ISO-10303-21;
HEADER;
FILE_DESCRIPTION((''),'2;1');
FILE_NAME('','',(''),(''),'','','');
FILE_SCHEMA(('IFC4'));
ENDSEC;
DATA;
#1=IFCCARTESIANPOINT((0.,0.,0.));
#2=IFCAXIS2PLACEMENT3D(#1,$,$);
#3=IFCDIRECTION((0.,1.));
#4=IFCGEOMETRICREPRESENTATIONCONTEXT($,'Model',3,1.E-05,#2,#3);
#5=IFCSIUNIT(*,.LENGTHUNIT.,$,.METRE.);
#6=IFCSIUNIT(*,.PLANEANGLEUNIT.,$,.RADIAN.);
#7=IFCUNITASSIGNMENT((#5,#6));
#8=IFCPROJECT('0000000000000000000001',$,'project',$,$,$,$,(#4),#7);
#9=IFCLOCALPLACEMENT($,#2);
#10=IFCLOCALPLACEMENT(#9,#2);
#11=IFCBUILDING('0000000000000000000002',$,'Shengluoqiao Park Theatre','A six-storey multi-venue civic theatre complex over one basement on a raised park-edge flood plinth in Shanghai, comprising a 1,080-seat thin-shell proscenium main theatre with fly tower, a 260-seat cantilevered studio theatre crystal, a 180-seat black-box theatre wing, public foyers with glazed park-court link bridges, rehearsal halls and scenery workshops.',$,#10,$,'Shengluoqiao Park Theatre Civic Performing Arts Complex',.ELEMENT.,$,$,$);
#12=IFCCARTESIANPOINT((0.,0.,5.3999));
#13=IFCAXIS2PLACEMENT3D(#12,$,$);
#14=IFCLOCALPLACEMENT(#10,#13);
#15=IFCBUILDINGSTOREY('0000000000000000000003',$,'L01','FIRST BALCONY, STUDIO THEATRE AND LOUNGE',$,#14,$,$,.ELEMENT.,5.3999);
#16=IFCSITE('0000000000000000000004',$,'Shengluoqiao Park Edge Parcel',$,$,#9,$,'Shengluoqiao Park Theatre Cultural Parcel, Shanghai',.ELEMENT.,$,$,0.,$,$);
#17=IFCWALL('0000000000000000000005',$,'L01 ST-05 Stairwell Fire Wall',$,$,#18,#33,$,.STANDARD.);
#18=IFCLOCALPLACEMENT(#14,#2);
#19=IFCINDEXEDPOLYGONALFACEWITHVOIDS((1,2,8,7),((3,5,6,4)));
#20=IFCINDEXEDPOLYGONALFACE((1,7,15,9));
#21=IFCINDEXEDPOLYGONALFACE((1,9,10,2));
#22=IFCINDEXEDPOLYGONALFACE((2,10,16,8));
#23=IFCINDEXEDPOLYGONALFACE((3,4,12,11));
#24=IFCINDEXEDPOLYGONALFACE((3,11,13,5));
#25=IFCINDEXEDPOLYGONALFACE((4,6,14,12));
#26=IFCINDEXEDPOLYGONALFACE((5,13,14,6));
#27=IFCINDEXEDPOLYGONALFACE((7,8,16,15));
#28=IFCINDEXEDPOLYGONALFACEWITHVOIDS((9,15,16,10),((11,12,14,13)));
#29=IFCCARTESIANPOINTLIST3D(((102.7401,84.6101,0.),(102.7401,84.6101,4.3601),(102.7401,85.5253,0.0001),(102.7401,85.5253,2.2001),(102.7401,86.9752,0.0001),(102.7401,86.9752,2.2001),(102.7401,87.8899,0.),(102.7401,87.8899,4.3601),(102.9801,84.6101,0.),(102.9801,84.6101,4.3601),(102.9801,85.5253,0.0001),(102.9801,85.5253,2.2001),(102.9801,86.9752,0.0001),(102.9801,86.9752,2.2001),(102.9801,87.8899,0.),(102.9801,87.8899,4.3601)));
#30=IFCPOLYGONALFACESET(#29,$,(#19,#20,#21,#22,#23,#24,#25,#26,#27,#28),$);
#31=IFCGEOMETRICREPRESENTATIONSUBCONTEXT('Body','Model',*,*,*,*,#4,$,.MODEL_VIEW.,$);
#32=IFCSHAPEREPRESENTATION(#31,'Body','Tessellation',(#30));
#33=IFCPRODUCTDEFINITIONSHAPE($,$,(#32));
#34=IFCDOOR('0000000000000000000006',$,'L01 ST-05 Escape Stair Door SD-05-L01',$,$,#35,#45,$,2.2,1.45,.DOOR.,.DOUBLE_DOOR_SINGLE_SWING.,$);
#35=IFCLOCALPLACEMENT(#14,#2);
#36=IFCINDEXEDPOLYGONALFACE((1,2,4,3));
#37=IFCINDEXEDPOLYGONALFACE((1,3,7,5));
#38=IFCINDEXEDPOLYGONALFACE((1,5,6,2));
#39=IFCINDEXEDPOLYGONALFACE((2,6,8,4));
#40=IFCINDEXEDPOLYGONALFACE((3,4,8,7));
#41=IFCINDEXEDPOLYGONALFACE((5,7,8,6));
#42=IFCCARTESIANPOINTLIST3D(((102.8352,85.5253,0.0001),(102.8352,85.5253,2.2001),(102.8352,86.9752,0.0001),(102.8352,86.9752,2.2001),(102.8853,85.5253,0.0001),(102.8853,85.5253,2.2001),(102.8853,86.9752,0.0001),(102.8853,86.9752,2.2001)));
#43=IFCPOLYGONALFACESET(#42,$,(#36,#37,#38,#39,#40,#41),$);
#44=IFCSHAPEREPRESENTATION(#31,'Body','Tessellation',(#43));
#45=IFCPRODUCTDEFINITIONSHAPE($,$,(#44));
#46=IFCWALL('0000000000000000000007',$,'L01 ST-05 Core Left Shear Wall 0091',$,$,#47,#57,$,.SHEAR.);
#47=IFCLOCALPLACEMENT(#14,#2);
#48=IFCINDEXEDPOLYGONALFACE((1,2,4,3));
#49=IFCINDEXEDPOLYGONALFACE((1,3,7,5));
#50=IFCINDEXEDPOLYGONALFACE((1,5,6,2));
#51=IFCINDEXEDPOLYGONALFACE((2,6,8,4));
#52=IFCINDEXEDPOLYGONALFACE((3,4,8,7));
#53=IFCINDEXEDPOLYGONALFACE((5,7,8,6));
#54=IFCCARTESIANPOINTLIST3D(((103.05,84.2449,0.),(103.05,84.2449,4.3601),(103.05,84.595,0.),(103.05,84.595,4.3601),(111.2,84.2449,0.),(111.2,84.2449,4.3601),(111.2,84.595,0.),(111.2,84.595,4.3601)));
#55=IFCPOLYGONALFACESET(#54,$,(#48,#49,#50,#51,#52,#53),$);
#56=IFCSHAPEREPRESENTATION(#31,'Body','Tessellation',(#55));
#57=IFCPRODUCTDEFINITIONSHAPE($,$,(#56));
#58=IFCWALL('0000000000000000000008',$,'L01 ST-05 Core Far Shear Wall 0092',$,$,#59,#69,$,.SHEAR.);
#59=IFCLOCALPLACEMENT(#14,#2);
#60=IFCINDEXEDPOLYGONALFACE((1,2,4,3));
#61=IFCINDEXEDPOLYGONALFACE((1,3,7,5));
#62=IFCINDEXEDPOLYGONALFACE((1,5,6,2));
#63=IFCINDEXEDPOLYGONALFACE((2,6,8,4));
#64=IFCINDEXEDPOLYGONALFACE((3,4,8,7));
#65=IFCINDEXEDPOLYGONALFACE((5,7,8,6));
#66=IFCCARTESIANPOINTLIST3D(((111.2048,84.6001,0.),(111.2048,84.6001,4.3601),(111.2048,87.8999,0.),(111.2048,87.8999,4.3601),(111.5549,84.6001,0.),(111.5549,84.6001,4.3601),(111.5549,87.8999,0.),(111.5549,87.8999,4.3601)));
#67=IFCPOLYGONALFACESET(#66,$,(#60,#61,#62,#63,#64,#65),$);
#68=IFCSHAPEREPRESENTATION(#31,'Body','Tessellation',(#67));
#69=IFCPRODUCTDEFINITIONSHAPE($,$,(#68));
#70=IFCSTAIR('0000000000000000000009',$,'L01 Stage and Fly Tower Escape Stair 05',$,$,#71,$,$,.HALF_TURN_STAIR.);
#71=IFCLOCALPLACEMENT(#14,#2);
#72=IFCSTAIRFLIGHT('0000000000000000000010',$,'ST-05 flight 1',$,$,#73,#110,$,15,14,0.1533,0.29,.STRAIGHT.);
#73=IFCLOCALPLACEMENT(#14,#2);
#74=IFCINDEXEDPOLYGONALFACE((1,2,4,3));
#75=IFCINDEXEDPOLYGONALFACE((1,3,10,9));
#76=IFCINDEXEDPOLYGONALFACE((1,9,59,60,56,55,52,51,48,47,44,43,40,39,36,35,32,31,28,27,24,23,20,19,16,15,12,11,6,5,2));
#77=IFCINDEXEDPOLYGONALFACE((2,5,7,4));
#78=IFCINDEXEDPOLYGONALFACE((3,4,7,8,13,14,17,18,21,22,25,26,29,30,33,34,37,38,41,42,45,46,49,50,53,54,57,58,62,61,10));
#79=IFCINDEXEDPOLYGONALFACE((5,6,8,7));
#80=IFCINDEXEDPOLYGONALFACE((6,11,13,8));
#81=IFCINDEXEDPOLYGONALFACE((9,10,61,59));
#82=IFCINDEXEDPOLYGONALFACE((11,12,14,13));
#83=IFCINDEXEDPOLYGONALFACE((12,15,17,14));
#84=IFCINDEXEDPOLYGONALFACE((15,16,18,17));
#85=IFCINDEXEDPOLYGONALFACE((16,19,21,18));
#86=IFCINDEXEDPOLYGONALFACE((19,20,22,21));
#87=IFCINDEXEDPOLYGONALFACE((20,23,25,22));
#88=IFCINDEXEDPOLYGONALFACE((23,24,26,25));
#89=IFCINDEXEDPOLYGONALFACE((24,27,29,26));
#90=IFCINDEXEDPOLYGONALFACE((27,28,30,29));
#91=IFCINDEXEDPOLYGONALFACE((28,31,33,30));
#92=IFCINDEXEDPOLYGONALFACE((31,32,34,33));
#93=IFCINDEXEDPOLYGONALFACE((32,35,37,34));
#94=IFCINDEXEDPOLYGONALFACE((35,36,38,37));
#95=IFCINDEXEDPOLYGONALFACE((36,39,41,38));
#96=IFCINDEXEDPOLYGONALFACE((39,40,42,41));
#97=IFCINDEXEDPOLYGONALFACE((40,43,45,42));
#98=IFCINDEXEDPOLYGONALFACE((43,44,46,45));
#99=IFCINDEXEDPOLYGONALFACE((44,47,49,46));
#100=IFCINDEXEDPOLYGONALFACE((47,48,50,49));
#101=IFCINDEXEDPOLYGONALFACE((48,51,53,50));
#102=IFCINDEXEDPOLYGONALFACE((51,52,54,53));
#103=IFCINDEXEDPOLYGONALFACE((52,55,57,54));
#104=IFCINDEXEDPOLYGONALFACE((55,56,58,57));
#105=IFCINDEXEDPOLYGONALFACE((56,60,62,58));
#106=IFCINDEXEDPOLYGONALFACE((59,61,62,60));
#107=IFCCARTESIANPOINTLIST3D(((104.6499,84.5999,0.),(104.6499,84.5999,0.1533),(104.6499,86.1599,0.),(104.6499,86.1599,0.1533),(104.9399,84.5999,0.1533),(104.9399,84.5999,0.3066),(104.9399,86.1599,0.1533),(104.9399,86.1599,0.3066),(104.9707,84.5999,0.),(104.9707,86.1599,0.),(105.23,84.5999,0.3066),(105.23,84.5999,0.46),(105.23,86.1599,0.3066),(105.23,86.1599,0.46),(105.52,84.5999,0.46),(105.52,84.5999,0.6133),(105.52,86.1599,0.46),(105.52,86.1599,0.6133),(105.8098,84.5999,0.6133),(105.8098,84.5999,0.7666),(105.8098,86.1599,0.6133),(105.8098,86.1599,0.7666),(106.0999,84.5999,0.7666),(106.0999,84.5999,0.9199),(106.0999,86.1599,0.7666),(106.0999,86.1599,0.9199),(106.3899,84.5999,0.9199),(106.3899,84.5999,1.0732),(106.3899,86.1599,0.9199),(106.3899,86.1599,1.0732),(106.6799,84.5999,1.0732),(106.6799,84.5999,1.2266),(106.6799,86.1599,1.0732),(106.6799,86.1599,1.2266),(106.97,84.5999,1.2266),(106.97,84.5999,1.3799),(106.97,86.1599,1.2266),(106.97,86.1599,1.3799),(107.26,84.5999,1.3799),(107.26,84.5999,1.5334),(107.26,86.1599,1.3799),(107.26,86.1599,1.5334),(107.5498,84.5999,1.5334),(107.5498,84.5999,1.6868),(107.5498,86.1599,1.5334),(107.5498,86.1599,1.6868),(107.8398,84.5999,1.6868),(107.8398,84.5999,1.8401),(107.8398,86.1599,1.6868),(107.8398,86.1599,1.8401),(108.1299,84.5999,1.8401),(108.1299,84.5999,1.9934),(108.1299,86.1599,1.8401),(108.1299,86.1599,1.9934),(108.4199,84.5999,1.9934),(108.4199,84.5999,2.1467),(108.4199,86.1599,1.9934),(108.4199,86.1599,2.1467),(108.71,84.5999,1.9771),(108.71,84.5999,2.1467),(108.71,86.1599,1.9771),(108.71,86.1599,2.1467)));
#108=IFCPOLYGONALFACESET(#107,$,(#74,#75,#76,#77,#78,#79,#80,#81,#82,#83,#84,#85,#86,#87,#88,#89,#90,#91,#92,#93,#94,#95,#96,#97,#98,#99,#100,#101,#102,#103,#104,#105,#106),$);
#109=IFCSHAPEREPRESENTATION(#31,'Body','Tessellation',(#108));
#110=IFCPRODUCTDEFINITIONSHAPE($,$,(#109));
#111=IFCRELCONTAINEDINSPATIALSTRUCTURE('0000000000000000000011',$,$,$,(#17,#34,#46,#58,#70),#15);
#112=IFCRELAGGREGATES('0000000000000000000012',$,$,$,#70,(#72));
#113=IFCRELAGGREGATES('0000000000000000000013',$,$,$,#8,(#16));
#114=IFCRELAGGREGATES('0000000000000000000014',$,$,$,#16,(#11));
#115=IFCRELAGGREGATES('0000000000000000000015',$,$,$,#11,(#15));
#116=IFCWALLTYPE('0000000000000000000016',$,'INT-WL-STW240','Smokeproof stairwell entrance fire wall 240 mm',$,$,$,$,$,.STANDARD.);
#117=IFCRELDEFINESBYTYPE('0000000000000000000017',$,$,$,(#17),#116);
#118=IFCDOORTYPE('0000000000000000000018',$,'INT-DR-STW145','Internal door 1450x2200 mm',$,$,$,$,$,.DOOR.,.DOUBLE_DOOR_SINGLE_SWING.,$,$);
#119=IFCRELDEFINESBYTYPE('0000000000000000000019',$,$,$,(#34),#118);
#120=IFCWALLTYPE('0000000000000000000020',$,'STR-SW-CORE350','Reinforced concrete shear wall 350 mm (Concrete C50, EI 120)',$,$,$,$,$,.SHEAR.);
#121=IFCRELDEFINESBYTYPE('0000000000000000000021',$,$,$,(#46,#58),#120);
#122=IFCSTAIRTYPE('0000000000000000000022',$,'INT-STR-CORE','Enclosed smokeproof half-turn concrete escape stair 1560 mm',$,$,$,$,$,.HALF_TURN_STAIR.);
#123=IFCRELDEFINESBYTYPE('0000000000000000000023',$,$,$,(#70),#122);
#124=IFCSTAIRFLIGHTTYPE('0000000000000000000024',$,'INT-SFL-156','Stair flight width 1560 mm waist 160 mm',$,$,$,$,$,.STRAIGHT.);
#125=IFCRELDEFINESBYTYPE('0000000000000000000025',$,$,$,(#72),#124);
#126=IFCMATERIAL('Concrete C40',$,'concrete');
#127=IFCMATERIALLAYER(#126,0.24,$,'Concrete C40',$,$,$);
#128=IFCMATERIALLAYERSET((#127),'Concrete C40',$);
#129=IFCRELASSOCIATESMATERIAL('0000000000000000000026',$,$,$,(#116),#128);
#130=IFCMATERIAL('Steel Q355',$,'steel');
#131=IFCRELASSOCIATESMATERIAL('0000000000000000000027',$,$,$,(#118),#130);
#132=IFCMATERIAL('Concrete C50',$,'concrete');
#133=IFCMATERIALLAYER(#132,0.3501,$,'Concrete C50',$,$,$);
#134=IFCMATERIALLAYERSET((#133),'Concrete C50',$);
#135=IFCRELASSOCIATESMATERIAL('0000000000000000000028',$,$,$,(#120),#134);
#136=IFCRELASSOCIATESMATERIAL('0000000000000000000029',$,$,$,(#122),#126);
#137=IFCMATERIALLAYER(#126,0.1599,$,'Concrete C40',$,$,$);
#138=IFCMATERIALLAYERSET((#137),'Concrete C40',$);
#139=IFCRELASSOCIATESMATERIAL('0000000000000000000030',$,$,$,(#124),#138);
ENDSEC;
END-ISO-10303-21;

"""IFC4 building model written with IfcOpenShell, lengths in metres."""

from ifc_helpers import new_model, si_unit, direction, frame, frame_2d, origin, place, context, subcontext, project, spatial, polyline, rectangle, outline, extrude, material, layer, layer_set, type_object, element, fill, aggregate, save


model = new_model("IFC4")

# Units and contexts
model_context = context("Model", 3, precision=1e-05, world=origin(), true_north=direction((0.0, 1.0)))
body_context = subcontext(model_context, "Body", "Model", "MODEL_VIEW")
ifc_project = project(units=[si_unit("LENGTHUNIT", "METRE"), si_unit("PLANEANGLEUNIT", "RADIAN")], contexts=[model_context])

# Site, building, storey
site_placement = place(None, origin())
site = spatial("IfcSite", under=ifc_project, at=site_placement, Name="Shengluoqiao Park Edge Parcel", LongName="Shengluoqiao Park Theatre Cultural Parcel, Shanghai", CompositionType="ELEMENT", RefElevation=0.0)
building_placement = place(site_placement, origin())
building = spatial("IfcBuilding", under=site, at=building_placement, Name="Shengluoqiao Park Theatre", Description="A six-storey multi-venue civic theatre complex over one basement on a raised park-edge flood plinth in Shanghai, comprising a 1,080-seat thin-shell proscenium main theatre with fly tower, a 260-seat cantilevered studio theatre crystal, a 180-seat black-box theatre wing, public foyers with glazed park-court link bridges, rehearsal halls and scenery workshops.", LongName="Shengluoqiao Park Theatre Civic Performing Arts Complex", CompositionType="ELEMENT")
storey_placement = place(building_placement, frame((0.0, 0.0, 5.3999)))
storey = spatial("IfcBuildingStorey", under=building, at=storey_placement, Name="L01", Description="FIRST BALCONY, STUDIO THEATRE AND LOUNGE", CompositionType="ELEMENT", Elevation=5.3999)

# Shared definitions
ifc_material_1 = material(Name="Concrete C50", Category="concrete")

# Shared definitions
ifc_material_2 = material(Name="Steel Q355", Category="steel")

# Shared definitions
ifc_material_3 = material(Name="Concrete C40", Category="concrete")

# Wall, opening, door
ifc_layer_1 = layer(ifc_material_3, 0.24, Name="Concrete C40")
ifc_layer_set_1 = layer_set([ifc_layer_1], Name="Concrete C40")
wall_type_1 = type_object("IfcWallType", Name="INT-WL-STW240", Description="Smokeproof stairwell entrance fire wall 240 mm", PredefinedType="STANDARD", material=ifc_layer_set_1)
wall_1_placement = place(storey_placement, frame((102.8601, 84.6101, 0.0), z_axis=(0.0, 0.0, 1.0), x_axis=(0.0, 1.0, 0.0)))
wall_1 = element("IfcWall", 1, at=wall_1_placement, inside=storey, type_object=wall_type_1, Name="L01 ST-05 Stairwell Fire Wall", PredefinedType="STANDARD", context=body_context, shape_type="SweptSolid", body=[
    extrude(rectangle(XDim=3.2798, YDim=0.24, at=frame_2d((1.6399, 0.0))), origin(), (0.0, 0.0, 1.0), 4.3601),
])
opening_1_placement = place(wall_1_placement, frame((0.915, 0.0, 0.0)))
opening_1 = element("IfcOpeningElement", 2, at=opening_1_placement, cuts=wall_1, PredefinedType="OPENING", context=body_context, shape_type="SweptSolid", body=[
    extrude(rectangle(XDim=1.45, YDim=2.2, at=frame_2d((0.7251, 1.1001))), frame((0.0, 0.1299, 0.0), z_axis=(0.0, -1.0, 0.0), x_axis=(1.0, 0.0, 0.0)), (0.0, 0.0, 1.0), 0.26),
])
door_type_1 = type_object("IfcDoorType", Name="INT-DR-STW145", Description="Internal door 1450x2200 mm", OperationType="DOUBLE_DOOR_SINGLE_SWING", PredefinedType="DOOR", material=ifc_material_2)
door_1_placement = place(opening_1_placement, origin())
door_1 = element("IfcDoor", 3, at=door_1_placement, inside=storey, type_object=door_type_1, Name="L01 ST-05 Escape Stair Door SD-05-L01", OperationType="DOUBLE_DOOR_SINGLE_SWING", OverallHeight=2.2, OverallWidth=1.45, PredefinedType="DOOR", context=body_context, shape_type="SweptSolid", body=[
    extrude(rectangle(XDim=1.45, YDim=2.2, at=frame_2d((0.7251, 1.1001))), frame((0.0, 0.0249, 0.0), z_axis=(0.0, -1.0, 0.0), x_axis=(1.0, 0.0, 0.0)), (0.0, 0.0, 1.0), 0.05),
])
fill(opening_1, door_1)

# Walls
ifc_layer_2 = layer(ifc_material_1, 0.3501, Name="Concrete C50")
ifc_layer_set_2 = layer_set([ifc_layer_2], Name="Concrete C50")
wall_type_2 = type_object("IfcWallType", Name="STR-SW-CORE350", Description="Reinforced concrete shear wall 350 mm (Concrete C50, EI 120)", PredefinedType="SHEAR", material=ifc_layer_set_2)
wall_2_placement = place(storey_placement, frame((103.05, 84.4199, 0.0), z_axis=(0.0, 0.0, 1.0), x_axis=(1.0, 0.0, 0.0)))
element("IfcWall", 4, at=wall_2_placement, inside=storey, type_object=wall_type_2, Name="L01 ST-05 Core Left Shear Wall 0091", PredefinedType="SHEAR", context=body_context, shape_type="SweptSolid", body=[
    extrude(rectangle(XDim=8.1499, YDim=0.3501, at=frame_2d((4.075, 0.0))), origin(), (0.0, 0.0, 1.0), 4.3601),
])
wall_3_placement = place(storey_placement, frame((111.3799, 84.6001, 0.0), z_axis=(0.0, 0.0, 1.0), x_axis=(0.0, 1.0, 0.0)))
element("IfcWall", 5, at=wall_3_placement, inside=storey, type_object=wall_type_2, Name="L01 ST-05 Core Far Shear Wall 0092", PredefinedType="SHEAR", context=body_context, shape_type="SweptSolid", body=[
    extrude(rectangle(XDim=3.2998, YDim=0.3501, at=frame_2d((1.6499, 0.0))), origin(), (0.0, 0.0, 1.0), 4.3601),
])

# Stair, stair flight
stair_type = type_object("IfcStairType", Name="INT-STR-CORE", Description="Enclosed smokeproof half-turn concrete escape stair 1560 mm", PredefinedType="HALF_TURN_STAIR", material=ifc_material_3)
stair_placement = place(storey_placement, origin())
stair = element("IfcStair", 6, at=stair_placement, inside=storey, type_object=stair_type, Name="L01 Stage and Fly Tower Escape Stair 05", PredefinedType="HALF_TURN_STAIR")
ifc_layer_3 = layer(ifc_material_3, 0.1599, Name="Concrete C40")
ifc_layer_set_3 = layer_set([ifc_layer_3], Name="Concrete C40")
stair_flight_type = type_object("IfcStairFlightType", Name="INT-SFL-156", Description="Stair flight width 1560 mm waist 160 mm", PredefinedType="STRAIGHT", material=ifc_layer_set_3)
stair_flight_placement = place(storey_placement, frame((104.6499, 85.3799, 0.0), z_axis=(0.0, 0.0, 1.0), x_axis=(1.0, 0.0, 0.0)))
stair_flight = element("IfcStairFlight", 7, at=stair_flight_placement, type_object=stair_flight_type, Name="ST-05 flight 1", NumberOfRisers=15, NumberOfTreads=14, PredefinedType="STRAIGHT", RiserHeight=0.1533, TreadLength=0.29, context=body_context, shape_type="SweptSolid", body=[
    extrude(outline(polyline([(0.0, 0.0), (0.0, 0.1533), (0.29, 0.1533), (0.29, 0.3066), (0.5801, 0.3066), (0.5801, 0.46), (0.8701, 0.46), (0.8701, 0.6133), (1.1599, 0.6133), (1.1599, 0.7666), (1.45, 0.7666), (1.45, 0.9199), (1.74, 0.9199), (1.74, 1.0732), (2.03, 1.0732), (2.03, 1.2266), (2.3201, 1.2266), (2.3201, 1.3799), (2.6101, 1.3799), (2.6101, 1.5334), (2.8999, 1.5334), (2.8999, 1.6868), (3.1899, 1.6868), (3.1899, 1.8401), (3.48, 1.8401), (3.48, 1.9934), (3.77, 1.9934), (3.77, 2.1467), (4.0601, 2.1467), (4.0601, 2.3), (4.0601, 1.9771), (0.3208, 0.0), (0.0, 0.0)])), frame((0.0, 0.78, 0.0), z_axis=(0.0, -1.0, 0.0), x_axis=(1.0, 0.0, 0.0)), (0.0, 0.0, 1.0), 1.5601),
])
aggregate(stair, [stair_flight])

save(model, "model.ifc")
